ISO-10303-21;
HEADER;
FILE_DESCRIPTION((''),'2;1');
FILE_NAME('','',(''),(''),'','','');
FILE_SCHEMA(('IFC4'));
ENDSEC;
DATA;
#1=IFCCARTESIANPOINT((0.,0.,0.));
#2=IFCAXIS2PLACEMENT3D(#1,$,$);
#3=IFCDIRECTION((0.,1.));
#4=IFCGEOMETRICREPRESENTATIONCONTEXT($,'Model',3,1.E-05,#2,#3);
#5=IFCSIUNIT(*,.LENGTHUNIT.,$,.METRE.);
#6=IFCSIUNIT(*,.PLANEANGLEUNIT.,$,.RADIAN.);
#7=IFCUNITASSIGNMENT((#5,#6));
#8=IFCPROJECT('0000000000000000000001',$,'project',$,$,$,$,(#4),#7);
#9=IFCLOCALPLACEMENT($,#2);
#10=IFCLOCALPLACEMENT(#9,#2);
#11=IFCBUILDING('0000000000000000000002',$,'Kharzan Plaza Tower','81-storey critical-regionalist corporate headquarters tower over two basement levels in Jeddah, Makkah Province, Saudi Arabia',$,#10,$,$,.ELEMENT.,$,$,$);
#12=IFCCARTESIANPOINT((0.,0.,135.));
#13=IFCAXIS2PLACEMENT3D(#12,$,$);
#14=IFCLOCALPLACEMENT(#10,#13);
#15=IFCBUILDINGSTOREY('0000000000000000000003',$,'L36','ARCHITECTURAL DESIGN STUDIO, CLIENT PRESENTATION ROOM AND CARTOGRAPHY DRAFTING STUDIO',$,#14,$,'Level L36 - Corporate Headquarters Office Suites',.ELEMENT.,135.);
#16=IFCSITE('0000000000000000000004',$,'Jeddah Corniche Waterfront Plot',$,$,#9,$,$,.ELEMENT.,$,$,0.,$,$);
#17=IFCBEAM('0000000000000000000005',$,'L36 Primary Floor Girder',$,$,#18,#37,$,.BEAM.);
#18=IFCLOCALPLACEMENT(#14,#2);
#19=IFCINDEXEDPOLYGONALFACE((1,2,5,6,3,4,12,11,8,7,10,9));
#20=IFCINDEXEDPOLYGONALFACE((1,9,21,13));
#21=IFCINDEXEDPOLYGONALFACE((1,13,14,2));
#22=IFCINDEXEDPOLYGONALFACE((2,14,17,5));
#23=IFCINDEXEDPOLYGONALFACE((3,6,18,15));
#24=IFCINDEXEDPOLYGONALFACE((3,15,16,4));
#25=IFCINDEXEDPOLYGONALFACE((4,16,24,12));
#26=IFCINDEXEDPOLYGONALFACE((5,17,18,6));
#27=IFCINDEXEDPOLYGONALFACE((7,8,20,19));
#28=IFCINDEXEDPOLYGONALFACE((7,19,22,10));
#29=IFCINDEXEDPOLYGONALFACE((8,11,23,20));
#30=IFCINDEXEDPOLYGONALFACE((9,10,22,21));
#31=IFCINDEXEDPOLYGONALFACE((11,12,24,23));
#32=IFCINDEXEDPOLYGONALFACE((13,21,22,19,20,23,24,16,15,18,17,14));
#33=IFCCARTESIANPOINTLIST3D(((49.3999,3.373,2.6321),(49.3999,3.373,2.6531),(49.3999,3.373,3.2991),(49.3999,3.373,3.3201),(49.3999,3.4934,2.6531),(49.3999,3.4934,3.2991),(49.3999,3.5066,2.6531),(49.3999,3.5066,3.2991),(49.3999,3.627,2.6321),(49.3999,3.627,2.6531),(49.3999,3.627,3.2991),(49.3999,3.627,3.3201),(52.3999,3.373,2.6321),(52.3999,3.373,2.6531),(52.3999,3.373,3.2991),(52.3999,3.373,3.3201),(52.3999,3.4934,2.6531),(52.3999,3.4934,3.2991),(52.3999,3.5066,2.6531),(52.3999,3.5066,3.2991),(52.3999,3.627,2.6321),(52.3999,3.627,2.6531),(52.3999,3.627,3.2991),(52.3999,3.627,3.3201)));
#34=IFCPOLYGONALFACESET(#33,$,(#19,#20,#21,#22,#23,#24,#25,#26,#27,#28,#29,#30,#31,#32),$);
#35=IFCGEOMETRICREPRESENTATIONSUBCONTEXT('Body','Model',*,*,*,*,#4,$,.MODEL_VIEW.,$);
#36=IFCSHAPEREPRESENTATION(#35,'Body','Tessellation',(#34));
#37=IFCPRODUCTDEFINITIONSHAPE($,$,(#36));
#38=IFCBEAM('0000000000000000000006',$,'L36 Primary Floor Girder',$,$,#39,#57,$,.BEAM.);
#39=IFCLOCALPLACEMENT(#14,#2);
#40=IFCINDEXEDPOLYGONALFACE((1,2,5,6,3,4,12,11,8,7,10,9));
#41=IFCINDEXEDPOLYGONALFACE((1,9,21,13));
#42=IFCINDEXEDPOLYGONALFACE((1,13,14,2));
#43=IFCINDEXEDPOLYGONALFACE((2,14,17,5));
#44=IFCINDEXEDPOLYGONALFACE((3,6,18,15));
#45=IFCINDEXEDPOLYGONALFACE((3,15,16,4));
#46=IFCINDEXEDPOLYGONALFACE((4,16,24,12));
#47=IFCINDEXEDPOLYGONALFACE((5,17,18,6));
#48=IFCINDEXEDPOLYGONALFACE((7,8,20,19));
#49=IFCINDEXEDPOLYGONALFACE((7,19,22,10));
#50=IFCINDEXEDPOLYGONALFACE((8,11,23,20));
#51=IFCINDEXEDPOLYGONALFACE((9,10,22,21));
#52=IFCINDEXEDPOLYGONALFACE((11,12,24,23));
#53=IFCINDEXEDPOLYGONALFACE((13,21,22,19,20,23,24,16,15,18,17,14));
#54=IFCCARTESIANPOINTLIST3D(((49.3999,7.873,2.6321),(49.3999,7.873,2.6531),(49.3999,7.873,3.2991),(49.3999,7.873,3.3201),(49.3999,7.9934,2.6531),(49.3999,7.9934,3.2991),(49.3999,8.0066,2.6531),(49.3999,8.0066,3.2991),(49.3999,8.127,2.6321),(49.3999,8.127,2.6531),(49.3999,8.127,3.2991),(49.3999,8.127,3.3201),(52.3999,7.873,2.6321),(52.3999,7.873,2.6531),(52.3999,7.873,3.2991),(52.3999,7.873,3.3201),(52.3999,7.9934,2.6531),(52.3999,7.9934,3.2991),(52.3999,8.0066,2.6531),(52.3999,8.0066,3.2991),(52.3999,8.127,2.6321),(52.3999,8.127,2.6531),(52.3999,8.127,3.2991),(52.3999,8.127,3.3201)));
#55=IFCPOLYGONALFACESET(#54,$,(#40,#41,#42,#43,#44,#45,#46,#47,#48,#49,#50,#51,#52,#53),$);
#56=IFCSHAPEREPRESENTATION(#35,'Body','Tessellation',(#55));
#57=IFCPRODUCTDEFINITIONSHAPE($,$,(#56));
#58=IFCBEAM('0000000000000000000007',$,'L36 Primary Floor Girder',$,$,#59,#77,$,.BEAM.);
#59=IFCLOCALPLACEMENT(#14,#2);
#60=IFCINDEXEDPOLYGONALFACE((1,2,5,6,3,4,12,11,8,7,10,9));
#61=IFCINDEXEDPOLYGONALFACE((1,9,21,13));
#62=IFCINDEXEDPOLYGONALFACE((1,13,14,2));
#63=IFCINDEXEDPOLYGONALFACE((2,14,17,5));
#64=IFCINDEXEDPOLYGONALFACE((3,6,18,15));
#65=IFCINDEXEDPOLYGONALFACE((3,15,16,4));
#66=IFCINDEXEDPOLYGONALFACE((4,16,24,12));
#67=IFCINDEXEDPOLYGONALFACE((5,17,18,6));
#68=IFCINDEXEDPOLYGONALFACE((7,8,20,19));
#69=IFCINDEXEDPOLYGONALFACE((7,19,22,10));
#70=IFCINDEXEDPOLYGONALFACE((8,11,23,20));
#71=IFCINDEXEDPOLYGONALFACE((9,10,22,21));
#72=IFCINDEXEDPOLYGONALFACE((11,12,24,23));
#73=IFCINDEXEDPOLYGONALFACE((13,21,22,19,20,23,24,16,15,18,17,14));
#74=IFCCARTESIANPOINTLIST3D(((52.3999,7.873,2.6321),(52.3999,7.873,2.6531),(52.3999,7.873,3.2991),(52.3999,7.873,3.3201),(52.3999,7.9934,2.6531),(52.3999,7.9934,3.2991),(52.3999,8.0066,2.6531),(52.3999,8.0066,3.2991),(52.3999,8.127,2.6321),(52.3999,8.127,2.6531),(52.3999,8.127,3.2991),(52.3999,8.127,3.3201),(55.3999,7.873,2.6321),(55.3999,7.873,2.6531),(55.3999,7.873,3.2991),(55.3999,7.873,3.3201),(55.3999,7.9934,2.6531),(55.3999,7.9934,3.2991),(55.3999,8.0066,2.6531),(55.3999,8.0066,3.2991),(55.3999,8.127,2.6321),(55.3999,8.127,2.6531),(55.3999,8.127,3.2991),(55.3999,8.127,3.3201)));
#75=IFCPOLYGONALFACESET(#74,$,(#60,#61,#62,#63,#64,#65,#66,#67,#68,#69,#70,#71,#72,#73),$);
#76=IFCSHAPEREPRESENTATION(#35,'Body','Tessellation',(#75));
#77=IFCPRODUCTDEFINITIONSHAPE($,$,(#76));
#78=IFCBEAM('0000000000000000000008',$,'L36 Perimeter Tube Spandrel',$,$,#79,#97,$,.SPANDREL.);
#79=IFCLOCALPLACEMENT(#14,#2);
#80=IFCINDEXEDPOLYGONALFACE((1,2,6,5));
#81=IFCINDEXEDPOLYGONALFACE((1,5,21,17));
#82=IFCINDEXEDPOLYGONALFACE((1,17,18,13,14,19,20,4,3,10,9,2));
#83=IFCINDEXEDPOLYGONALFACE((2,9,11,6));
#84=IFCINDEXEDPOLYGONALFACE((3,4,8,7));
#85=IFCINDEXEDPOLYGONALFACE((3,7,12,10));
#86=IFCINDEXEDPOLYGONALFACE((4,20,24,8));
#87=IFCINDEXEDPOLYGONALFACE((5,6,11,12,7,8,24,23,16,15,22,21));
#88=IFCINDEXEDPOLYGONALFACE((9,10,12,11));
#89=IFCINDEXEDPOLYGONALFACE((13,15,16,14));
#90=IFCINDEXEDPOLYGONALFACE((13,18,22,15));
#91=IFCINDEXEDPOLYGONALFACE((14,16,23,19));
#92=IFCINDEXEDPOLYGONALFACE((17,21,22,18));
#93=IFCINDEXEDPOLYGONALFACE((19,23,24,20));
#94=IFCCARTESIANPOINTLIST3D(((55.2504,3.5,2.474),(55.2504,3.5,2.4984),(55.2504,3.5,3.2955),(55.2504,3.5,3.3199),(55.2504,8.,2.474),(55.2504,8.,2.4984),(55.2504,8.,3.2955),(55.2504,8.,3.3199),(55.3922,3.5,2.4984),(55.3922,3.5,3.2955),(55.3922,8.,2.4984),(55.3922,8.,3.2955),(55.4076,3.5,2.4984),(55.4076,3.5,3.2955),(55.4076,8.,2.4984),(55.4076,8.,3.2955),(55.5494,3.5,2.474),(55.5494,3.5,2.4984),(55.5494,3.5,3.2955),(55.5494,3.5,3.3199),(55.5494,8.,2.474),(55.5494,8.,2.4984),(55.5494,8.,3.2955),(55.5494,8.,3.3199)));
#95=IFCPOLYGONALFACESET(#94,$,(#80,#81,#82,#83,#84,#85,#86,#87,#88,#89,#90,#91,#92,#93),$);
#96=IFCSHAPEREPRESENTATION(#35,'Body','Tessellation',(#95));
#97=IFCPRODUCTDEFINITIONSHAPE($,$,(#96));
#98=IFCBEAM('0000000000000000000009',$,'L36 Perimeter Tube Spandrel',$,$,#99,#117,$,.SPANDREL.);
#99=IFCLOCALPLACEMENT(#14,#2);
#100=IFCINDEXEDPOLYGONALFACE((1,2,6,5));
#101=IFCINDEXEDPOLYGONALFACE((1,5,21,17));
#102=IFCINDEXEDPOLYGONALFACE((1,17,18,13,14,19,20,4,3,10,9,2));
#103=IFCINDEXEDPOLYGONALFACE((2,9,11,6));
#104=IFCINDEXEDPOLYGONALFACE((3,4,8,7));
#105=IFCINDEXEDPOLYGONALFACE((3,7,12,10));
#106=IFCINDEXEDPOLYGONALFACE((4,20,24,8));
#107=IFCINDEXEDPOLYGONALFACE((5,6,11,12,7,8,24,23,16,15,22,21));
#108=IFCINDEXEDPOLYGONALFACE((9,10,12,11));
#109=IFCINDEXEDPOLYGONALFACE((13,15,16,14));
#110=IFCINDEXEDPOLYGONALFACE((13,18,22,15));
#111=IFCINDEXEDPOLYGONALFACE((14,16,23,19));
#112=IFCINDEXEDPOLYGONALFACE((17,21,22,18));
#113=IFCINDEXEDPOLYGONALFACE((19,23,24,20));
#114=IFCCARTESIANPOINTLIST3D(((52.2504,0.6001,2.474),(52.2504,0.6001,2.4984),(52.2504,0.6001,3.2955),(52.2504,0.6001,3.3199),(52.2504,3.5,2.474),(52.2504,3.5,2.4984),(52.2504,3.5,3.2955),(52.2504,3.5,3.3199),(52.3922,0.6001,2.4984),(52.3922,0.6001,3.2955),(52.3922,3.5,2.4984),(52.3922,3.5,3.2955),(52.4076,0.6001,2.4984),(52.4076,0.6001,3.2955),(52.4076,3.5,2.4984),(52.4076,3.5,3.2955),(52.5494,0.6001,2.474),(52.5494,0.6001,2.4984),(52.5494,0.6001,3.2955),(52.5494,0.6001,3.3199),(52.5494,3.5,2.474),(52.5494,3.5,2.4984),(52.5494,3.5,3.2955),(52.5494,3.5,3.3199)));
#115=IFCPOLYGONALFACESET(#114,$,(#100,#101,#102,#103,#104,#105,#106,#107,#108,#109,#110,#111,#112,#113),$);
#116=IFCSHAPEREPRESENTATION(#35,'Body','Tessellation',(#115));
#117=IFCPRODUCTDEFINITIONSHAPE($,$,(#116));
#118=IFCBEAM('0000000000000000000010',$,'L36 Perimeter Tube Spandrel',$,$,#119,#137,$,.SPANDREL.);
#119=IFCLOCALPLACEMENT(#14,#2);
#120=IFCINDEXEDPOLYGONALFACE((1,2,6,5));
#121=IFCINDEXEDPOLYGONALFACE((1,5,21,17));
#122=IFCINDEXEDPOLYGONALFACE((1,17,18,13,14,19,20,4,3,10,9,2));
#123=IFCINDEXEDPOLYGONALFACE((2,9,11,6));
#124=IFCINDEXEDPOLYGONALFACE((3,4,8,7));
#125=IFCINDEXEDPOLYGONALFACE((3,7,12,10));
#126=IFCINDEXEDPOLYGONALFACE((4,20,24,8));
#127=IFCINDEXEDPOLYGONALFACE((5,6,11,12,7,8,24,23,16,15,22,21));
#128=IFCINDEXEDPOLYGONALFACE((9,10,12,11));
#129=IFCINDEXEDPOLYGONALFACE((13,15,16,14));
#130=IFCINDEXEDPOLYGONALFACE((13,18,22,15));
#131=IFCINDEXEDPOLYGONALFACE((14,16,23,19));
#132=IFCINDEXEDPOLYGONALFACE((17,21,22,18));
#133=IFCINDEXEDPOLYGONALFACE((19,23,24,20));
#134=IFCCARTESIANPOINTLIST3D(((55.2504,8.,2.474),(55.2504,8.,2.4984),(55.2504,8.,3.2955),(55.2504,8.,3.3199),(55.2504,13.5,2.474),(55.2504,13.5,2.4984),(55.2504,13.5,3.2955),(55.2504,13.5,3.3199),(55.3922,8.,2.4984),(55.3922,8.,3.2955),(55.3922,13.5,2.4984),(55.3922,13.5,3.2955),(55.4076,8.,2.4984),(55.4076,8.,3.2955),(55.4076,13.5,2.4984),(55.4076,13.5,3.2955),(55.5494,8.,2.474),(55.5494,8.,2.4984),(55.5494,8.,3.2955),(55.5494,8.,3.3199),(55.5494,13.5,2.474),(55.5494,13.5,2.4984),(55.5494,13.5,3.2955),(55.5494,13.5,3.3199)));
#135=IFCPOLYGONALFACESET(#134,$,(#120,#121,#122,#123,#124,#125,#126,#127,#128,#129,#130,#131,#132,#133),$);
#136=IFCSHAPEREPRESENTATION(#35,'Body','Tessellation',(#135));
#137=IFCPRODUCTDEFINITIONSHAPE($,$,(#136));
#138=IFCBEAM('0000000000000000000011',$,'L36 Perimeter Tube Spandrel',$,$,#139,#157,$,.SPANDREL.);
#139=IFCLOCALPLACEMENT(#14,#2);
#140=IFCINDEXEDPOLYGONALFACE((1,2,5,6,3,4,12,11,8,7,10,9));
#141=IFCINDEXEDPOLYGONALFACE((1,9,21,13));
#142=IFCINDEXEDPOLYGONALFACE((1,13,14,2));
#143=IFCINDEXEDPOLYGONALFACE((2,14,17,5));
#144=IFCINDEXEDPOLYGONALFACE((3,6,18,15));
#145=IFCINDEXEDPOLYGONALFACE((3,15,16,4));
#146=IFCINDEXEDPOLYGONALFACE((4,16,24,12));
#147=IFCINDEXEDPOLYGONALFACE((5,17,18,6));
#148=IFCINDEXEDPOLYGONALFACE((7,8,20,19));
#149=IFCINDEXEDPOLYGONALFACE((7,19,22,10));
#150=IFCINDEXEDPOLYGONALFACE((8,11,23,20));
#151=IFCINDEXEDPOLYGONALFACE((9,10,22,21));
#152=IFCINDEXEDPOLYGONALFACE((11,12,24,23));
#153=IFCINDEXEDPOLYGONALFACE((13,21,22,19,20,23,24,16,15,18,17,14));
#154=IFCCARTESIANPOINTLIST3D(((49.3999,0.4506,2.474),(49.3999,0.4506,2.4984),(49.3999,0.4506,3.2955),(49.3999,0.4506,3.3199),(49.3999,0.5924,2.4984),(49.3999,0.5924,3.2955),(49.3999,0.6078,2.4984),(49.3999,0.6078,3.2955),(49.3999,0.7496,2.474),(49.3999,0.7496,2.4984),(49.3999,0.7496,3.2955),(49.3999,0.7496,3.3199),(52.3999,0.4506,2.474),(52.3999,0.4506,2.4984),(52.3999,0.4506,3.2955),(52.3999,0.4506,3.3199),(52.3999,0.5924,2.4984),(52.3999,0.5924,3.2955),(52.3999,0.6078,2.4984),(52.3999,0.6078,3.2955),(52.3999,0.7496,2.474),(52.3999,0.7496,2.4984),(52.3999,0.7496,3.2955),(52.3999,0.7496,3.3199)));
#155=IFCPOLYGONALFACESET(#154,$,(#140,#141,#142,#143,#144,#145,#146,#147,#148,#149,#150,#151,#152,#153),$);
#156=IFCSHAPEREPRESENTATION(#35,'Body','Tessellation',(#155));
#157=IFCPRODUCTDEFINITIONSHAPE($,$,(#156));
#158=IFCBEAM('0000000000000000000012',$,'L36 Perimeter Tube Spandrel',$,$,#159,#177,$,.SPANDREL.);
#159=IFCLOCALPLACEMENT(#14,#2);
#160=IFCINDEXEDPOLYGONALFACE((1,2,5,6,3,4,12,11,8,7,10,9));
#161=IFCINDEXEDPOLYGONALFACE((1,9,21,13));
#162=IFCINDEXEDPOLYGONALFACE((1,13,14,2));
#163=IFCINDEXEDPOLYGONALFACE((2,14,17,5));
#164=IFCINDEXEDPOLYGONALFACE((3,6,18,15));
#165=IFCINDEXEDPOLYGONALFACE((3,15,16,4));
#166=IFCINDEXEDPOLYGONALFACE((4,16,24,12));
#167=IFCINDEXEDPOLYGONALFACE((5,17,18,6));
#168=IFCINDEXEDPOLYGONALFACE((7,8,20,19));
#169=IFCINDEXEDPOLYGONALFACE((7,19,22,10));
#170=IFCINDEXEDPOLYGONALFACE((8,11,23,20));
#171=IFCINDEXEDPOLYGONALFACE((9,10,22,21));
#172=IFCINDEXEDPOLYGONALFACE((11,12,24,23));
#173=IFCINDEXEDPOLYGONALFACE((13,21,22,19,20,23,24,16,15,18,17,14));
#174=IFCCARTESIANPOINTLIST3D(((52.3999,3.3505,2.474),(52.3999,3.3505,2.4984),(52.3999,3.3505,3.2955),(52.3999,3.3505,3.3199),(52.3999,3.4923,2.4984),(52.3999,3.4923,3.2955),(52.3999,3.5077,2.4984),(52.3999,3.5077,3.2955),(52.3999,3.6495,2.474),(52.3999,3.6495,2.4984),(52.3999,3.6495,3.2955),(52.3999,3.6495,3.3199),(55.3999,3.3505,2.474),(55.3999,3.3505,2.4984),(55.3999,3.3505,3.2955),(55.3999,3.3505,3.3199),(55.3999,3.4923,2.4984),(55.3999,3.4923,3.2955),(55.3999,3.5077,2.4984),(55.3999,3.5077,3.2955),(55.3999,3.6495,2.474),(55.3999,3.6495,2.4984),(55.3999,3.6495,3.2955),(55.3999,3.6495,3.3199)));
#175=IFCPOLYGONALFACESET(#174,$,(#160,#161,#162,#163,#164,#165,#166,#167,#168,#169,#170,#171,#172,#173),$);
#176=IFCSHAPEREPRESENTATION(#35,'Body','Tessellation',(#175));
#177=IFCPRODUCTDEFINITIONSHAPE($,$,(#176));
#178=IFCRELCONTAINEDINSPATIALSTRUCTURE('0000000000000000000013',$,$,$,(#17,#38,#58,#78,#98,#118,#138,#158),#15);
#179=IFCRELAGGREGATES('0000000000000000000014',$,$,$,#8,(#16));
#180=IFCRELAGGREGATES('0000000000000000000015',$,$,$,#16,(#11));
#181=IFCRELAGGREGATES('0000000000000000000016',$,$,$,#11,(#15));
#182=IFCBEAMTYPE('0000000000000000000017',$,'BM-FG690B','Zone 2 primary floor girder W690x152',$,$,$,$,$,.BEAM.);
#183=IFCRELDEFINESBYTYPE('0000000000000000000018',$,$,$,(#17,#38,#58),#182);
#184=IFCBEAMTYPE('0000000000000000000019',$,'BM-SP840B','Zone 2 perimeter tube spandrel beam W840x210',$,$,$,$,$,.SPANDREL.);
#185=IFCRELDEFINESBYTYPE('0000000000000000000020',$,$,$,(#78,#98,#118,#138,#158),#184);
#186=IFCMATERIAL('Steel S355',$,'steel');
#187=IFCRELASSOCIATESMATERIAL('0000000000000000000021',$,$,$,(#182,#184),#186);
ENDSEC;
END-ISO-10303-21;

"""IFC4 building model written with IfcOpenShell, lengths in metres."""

from ifc_helpers import new_model, si_unit, direction, frame, origin, origin_2d, place, context, subcontext, project, spatial, i_section, extrude, source, transform, mapped, material, material_profile, profile_set, type_object, element, save


model = new_model("IFC4")

# Units and contexts
model_context = context("Model", 3, precision=1e-05, world=origin(), true_north=direction((0.0, 1.0)))
body_context = subcontext(model_context, "Body", "Model", "MODEL_VIEW")
ifc_project = project(units=[si_unit("LENGTHUNIT", "METRE"), si_unit("PLANEANGLEUNIT", "RADIAN")], contexts=[model_context])

# Site, building, storey
site_placement = place(None, origin())
site = spatial("IfcSite", under=ifc_project, at=site_placement, Name="Jeddah Corniche Waterfront Plot", CompositionType="ELEMENT", RefElevation=0.0)
building_placement = place(site_placement, origin())
building = spatial("IfcBuilding", under=site, at=building_placement, Name="Kharzan Plaza Tower", Description="81-storey critical-regionalist corporate headquarters tower over two basement levels in Jeddah, Makkah Province, Saudi Arabia", CompositionType="ELEMENT")
storey_placement = place(building_placement, frame((0.0, 0.0, 135.0)))
storey = spatial("IfcBuildingStorey", under=building, at=storey_placement, Name="L36", Description="ARCHITECTURAL DESIGN STUDIO, CLIENT PRESENTATION ROOM AND CARTOGRAPHY DRAFTING STUDIO", LongName="Level L36 - Corporate Headquarters Office Suites", CompositionType="ELEMENT", Elevation=135.0)

# Beams
ifc_material_1 = material(Name="Steel S355", Category="steel")
ifc_material_profile_1 = material_profile(ifc_material_1, i_section(OverallWidth=0.2539, OverallDepth=0.688, WebThickness=0.0132, FlangeThickness=0.021, at=origin_2d()), Name="W690x152")
ifc_profile_set_1 = profile_set([ifc_material_profile_1], Name="Steel S355")
beam_type_1 = type_object("IfcBeamType", Name="BM-FG690B", Description="Zone 2 primary floor girder W690x152", PredefinedType="BEAM", material=ifc_profile_set_1)
shared_shape_1 = source(origin(), body_context, "Body", "SweptSolid", [
    extrude(i_section(OverallWidth=0.2539, OverallDepth=0.688, WebThickness=0.0132, FlangeThickness=0.021, at=origin_2d()), origin(), (0.0, 0.0, 1.0), 3.0),
])
for number, where, z_axis, x_axis, name in (
    (1, (49.3999, 3.5, 2.9761), (1.0, 0.0, 0.0), (0.0, 1.0, 0.0), "L36 Primary Floor Girder"),
    (2, (49.3999, 8.0, 2.9761), (1.0, 0.0, 0.0), (0.0, 1.0, 0.0), "L36 Primary Floor Girder"),
    (3, (52.3999, 8.0, 2.9761), (1.0, 0.0, 0.0), (0.0, 1.0, 0.0), "L36 Primary Floor Girder"),
):
    element("IfcBeam", number, at=place(storey_placement, frame(where, z_axis=z_axis, x_axis=x_axis)), inside=storey, type_object=beam_type_1, Name=name, PredefinedType="BEAM", context=body_context, shape_type="MappedRepresentation", body=[
        mapped(shared_shape_1, transform((0.0, 0.0, 0.0), x_axis=(1.0, 0.0, 0.0), y_axis=(0.0, 1.0, 0.0), z_axis=(0.0, 0.0, 1.0))),
    ])
ifc_material_profile_2 = material_profile(ifc_material_1, i_section(OverallWidth=0.2991, OverallDepth=0.8459, WebThickness=0.0154, FlangeThickness=0.0244, at=origin_2d()), Name="W840x210")
ifc_profile_set_2 = profile_set([ifc_material_profile_2], Name="Steel S355")
beam_type_2 = type_object("IfcBeamType", Name="BM-SP840B", Description="Zone 2 perimeter tube spandrel beam W840x210", PredefinedType="SPANDREL", material=ifc_profile_set_2)
shared_shape_2 = source(origin(), body_context, "Body", "SweptSolid", [
    extrude(i_section(OverallWidth=0.2991, OverallDepth=0.8459, WebThickness=0.0154, FlangeThickness=0.0244, at=origin_2d()), origin(), (0.0, 0.0, 1.0), 4.5),
])
beam_1_placement = place(storey_placement, frame((55.3999, 3.5, 2.897), z_axis=(0.0, 1.0, 0.0), x_axis=(-1.0, 0.0, 0.0)))
element("IfcBeam", 4, at=beam_1_placement, inside=storey, type_object=beam_type_2, Name="L36 Perimeter Tube Spandrel", PredefinedType="SPANDREL", context=body_context, shape_type="MappedRepresentation", body=[
    mapped(shared_shape_2, transform((0.0, 0.0, 0.0), x_axis=(1.0, 0.0, 0.0), y_axis=(0.0, 1.0, 0.0), z_axis=(0.0, 0.0, 1.0))),
])
shared_shape_3 = source(origin(), body_context, "Body", "SweptSolid", [
    extrude(i_section(OverallWidth=0.2991, OverallDepth=0.8459, WebThickness=0.0154, FlangeThickness=0.0244, at=origin_2d()), origin(), (0.0, 0.0, 1.0), 2.8999),
])
beam_2_placement = place(storey_placement, frame((52.3999, 0.6001, 2.897), z_axis=(0.0, 1.0, 0.0), x_axis=(-1.0, 0.0, 0.0)))
element("IfcBeam", 5, at=beam_2_placement, inside=storey, type_object=beam_type_2, Name="L36 Perimeter Tube Spandrel", PredefinedType="SPANDREL", context=body_context, shape_type="MappedRepresentation", body=[
    mapped(shared_shape_3, transform((0.0, 0.0, 0.0), x_axis=(1.0, 0.0, 0.0), y_axis=(0.0, 1.0, 0.0), z_axis=(0.0, 0.0, 1.0))),
])
shared_shape_4 = source(origin(), body_context, "Body", "SweptSolid", [
    extrude(i_section(OverallWidth=0.2991, OverallDepth=0.8459, WebThickness=0.0154, FlangeThickness=0.0244, at=origin_2d()), origin(), (0.0, 0.0, 1.0), 5.5),
])
beam_3_placement = place(storey_placement, frame((55.3999, 8.0, 2.897), z_axis=(0.0, 1.0, 0.0), x_axis=(-1.0, 0.0, 0.0)))
element("IfcBeam", 6, at=beam_3_placement, inside=storey, type_object=beam_type_2, Name="L36 Perimeter Tube Spandrel", PredefinedType="SPANDREL", context=body_context, shape_type="MappedRepresentation", body=[
    mapped(shared_shape_4, transform((0.0, 0.0, 0.0), x_axis=(1.0, 0.0, 0.0), y_axis=(0.0, 1.0, 0.0), z_axis=(0.0, 0.0, 1.0))),
])
shared_shape_5 = source(origin(), body_context, "Body", "SweptSolid", [
    extrude(i_section(OverallWidth=0.2991, OverallDepth=0.8459, WebThickness=0.0154, FlangeThickness=0.0244, at=origin_2d()), origin(), (0.0, 0.0, 1.0), 3.0),
])
for number, where, z_axis, x_axis, name in (
    (7, (49.3999, 0.6001, 2.897), (1.0, 0.0, 0.0), (0.0, 1.0, 0.0), "L36 Perimeter Tube Spandrel"),
    (8, (52.3999, 3.5, 2.897), (1.0, 0.0, 0.0), (0.0, 1.0, 0.0), "L36 Perimeter Tube Spandrel"),
):
    element("IfcBeam", number, at=place(storey_placement, frame(where, z_axis=z_axis, x_axis=x_axis)), inside=storey, type_object=beam_type_2, Name=name, PredefinedType="SPANDREL", context=body_context, shape_type="MappedRepresentation", body=[
        mapped(shared_shape_5, transform((0.0, 0.0, 0.0), x_axis=(1.0, 0.0, 0.0), y_axis=(0.0, 1.0, 0.0), z_axis=(0.0, 0.0, 1.0))),
    ])

save(model, "model.ifc")
